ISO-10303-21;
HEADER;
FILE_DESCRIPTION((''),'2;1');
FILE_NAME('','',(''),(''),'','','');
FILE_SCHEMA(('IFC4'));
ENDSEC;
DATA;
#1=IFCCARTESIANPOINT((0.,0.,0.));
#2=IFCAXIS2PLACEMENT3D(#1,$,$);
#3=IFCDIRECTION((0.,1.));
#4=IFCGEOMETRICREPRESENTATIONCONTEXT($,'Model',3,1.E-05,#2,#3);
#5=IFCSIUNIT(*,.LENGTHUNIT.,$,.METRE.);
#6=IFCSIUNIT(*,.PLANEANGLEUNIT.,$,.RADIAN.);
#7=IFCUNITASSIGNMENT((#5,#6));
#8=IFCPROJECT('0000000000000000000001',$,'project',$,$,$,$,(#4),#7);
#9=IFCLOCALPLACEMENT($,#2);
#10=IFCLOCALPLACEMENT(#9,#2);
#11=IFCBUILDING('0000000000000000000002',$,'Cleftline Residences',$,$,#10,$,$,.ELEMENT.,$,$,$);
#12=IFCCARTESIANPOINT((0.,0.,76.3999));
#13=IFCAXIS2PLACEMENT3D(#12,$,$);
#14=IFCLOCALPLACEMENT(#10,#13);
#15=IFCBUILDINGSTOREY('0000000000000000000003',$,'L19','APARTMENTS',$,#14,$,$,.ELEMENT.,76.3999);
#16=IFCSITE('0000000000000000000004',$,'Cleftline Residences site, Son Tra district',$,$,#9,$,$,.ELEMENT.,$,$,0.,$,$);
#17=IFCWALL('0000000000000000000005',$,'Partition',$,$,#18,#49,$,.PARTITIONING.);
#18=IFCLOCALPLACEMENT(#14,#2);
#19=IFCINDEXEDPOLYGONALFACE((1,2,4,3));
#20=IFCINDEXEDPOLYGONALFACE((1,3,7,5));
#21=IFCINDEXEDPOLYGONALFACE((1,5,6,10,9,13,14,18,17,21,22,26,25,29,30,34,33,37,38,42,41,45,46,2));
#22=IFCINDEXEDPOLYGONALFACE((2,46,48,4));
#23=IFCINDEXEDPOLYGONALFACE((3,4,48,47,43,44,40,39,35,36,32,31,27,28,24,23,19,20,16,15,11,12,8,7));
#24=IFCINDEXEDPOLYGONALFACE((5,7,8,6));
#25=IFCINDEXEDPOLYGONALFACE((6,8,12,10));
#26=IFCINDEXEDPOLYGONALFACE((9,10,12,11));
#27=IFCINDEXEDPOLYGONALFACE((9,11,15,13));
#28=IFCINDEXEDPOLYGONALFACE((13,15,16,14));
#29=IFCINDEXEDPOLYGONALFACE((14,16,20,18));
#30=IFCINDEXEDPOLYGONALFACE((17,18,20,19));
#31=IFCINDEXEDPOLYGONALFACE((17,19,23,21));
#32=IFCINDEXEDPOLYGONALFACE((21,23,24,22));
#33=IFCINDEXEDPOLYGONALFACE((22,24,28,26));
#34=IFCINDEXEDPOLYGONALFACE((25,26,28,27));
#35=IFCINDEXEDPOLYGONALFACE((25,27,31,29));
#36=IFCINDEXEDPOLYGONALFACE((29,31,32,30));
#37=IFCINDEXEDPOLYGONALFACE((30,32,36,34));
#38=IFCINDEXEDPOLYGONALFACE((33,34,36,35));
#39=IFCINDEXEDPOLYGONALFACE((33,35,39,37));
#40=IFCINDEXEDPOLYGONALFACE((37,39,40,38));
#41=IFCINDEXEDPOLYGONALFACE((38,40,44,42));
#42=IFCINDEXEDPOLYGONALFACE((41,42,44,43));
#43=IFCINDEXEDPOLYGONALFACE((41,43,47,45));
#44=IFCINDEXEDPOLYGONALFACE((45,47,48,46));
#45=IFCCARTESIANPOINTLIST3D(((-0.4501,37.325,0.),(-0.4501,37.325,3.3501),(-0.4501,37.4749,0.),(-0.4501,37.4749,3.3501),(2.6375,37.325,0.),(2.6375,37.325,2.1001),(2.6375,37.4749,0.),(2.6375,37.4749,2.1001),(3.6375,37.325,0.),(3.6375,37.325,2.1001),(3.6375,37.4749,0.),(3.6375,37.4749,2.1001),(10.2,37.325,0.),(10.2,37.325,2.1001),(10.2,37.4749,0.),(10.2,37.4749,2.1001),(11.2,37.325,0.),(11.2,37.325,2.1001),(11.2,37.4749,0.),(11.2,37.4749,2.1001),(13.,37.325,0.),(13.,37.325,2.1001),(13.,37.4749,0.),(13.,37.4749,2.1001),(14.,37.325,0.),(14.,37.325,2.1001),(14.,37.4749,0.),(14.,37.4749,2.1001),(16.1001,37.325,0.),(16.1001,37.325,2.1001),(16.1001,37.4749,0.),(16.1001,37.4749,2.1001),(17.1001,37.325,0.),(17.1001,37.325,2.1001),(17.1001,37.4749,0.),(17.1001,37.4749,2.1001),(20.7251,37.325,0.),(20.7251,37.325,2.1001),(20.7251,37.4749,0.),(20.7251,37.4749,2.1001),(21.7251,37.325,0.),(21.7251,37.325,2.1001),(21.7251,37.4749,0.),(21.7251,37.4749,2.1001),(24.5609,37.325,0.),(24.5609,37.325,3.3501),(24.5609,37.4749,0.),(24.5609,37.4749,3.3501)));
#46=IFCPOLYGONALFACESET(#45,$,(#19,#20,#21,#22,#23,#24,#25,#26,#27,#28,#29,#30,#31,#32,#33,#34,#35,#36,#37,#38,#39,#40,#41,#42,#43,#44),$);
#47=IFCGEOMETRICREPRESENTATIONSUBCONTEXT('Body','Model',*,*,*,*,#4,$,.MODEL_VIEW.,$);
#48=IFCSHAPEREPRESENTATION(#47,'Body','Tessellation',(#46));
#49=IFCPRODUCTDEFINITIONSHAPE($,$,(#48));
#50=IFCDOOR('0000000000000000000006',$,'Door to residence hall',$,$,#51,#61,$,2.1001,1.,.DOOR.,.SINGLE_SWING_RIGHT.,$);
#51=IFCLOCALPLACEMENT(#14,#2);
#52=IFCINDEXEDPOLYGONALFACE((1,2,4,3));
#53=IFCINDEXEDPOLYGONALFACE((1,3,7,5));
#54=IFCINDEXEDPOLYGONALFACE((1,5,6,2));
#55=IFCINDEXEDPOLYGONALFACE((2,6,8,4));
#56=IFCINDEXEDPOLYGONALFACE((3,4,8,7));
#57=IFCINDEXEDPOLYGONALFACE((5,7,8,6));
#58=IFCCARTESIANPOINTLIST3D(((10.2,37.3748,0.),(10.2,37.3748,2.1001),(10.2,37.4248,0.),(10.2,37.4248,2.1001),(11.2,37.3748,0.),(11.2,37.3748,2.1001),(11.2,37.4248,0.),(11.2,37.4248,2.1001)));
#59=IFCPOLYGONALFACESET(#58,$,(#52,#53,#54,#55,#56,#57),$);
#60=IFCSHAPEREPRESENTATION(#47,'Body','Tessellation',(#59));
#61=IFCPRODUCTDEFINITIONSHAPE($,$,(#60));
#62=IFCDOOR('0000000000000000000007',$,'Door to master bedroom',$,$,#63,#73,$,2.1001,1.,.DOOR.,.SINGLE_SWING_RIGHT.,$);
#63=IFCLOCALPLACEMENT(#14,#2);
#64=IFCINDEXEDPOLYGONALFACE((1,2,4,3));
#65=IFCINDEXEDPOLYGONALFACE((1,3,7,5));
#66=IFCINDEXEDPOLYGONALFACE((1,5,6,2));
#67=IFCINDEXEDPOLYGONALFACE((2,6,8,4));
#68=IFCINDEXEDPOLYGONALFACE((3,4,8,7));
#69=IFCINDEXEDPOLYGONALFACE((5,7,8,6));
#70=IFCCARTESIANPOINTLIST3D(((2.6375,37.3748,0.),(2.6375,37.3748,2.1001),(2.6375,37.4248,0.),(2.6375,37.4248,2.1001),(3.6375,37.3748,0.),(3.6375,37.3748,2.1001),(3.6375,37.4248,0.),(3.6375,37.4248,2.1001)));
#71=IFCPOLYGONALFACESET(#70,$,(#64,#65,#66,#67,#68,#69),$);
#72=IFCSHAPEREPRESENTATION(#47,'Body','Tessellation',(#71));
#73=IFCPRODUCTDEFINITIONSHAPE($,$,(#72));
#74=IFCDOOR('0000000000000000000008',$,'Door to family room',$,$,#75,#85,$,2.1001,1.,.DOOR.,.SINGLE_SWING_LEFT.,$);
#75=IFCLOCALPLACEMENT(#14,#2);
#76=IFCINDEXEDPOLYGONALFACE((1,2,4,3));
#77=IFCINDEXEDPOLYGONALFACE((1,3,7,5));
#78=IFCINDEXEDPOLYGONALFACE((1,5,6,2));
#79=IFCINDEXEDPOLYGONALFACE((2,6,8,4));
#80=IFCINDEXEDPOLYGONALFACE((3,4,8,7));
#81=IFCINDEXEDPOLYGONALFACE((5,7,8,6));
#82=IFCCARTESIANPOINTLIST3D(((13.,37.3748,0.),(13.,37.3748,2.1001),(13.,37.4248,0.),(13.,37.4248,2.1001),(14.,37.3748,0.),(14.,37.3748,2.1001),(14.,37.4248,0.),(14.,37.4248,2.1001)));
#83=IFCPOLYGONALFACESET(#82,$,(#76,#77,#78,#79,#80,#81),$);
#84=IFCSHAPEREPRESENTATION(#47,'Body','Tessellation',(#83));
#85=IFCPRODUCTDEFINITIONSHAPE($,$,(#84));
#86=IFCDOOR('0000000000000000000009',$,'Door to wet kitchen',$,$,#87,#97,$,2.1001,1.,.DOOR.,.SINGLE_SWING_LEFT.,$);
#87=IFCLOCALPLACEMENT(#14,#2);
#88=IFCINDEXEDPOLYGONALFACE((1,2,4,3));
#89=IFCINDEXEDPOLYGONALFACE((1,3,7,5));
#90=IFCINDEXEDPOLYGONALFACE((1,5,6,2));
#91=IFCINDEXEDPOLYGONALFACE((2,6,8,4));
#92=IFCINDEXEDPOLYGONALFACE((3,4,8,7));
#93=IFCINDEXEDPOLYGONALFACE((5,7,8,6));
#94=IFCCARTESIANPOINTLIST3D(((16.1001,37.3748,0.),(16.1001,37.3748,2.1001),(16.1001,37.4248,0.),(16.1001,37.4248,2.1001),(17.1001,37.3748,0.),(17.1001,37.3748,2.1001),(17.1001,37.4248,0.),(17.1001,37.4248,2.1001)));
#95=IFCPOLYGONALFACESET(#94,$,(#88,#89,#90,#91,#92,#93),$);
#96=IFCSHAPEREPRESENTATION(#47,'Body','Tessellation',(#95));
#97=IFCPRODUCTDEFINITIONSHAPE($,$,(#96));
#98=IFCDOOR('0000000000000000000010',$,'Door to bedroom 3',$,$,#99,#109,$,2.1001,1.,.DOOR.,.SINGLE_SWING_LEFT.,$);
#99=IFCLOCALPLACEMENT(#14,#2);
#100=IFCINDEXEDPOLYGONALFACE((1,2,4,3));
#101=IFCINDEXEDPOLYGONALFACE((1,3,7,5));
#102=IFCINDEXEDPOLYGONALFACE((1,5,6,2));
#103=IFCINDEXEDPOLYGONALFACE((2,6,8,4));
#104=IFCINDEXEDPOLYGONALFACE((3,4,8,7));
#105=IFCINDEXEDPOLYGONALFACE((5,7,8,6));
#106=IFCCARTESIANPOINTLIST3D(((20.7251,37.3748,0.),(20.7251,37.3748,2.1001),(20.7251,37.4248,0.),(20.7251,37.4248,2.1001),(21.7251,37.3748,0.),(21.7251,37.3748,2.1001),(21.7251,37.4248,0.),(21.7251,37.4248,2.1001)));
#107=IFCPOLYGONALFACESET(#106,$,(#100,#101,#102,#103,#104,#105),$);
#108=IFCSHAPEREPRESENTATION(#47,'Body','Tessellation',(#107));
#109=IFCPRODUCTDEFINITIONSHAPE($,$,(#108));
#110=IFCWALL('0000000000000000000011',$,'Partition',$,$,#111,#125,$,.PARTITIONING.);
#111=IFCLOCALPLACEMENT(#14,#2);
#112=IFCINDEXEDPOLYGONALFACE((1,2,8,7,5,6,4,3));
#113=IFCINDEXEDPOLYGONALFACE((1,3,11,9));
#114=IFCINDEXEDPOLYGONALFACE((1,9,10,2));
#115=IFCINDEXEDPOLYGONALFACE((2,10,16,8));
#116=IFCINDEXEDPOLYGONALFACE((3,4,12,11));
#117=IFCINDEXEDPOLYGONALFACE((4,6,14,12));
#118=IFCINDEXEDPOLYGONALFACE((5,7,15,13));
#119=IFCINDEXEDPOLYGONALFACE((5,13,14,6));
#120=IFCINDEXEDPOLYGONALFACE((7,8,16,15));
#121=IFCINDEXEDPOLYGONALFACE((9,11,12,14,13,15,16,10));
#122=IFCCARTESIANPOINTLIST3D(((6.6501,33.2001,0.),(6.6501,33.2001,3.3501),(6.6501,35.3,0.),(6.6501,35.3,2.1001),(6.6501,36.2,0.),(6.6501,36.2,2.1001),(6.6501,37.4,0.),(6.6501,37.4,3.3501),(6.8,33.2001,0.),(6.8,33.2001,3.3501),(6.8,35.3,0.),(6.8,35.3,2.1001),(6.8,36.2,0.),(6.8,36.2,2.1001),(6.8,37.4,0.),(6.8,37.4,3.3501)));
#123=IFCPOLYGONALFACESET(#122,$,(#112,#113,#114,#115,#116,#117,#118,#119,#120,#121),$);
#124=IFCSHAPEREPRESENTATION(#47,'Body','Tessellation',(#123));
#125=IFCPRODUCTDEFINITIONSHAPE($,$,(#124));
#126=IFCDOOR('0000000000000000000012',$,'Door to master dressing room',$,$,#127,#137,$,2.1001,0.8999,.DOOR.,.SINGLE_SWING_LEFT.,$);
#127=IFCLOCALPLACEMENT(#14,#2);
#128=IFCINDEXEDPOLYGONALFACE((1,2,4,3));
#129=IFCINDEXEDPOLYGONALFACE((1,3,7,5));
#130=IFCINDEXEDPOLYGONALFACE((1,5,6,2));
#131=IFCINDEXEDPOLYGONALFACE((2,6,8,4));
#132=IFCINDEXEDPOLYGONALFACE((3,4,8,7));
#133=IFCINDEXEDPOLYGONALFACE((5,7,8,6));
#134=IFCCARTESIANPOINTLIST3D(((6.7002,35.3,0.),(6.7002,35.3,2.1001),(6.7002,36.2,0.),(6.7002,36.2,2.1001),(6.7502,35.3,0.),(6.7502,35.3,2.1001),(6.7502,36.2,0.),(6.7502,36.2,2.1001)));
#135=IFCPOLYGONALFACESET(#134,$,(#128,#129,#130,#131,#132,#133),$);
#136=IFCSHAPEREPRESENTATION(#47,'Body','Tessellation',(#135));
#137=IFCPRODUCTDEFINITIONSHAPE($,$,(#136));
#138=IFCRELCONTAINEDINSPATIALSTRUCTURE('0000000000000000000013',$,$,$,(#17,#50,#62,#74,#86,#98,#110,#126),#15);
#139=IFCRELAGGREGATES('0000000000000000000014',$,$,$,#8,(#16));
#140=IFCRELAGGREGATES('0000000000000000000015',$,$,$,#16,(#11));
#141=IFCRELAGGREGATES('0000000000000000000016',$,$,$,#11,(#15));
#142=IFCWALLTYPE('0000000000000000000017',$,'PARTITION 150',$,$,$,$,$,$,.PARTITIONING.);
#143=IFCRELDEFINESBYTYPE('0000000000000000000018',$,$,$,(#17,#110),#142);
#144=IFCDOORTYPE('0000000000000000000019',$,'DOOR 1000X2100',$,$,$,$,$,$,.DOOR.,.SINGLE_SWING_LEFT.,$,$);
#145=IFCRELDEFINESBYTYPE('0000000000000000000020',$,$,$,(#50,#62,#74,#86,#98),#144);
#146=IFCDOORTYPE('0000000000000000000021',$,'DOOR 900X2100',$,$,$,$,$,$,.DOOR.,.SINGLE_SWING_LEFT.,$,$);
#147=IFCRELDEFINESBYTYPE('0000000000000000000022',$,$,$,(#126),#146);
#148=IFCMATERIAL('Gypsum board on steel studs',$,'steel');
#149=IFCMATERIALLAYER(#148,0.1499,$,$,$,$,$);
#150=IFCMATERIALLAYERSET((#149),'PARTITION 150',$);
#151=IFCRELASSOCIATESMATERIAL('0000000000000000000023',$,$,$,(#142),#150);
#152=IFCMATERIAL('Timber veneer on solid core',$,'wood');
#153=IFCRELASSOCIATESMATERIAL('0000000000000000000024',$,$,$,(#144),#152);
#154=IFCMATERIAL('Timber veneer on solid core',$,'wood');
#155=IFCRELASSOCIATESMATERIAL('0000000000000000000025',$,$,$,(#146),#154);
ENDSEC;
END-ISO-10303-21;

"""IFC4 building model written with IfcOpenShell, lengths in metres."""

from ifc_helpers import new_model, si_unit, direction, frame, frame_2d, origin, place, context, subcontext, project, spatial, rectangle, extrude, material, layer, layer_set, type_object, element, fill, save


model = new_model("IFC4")

# Units and contexts
model_context = context("Model", 3, precision=1e-05, world=origin(), true_north=direction((0.0, 1.0)))
body_context = subcontext(model_context, "Body", "Model", "MODEL_VIEW")
ifc_project = project(units=[si_unit("LENGTHUNIT", "METRE"), si_unit("PLANEANGLEUNIT", "RADIAN")], contexts=[model_context])

# Site, building, storey
site_placement = place(None, origin())
site = spatial("IfcSite", under=ifc_project, at=site_placement, Name="Cleftline Residences site, Son Tra district", CompositionType="ELEMENT", RefElevation=0.0)
building_placement = place(site_placement, origin())
building = spatial("IfcBuilding", under=site, at=building_placement, Name="Cleftline Residences", CompositionType="ELEMENT")
storey_placement = place(building_placement, frame((0.0, 0.0, 76.3999)))
storey = spatial("IfcBuildingStorey", under=building, at=storey_placement, Name="L19", Description="APARTMENTS", CompositionType="ELEMENT", Elevation=76.3999)

# Shared definitions
ifc_material_1 = material(Name="Gypsum board on steel studs", Category="steel")
ifc_layer = layer(ifc_material_1, 0.1499)
ifc_layer_set = layer_set([ifc_layer], Name="PARTITION 150")
wall_type = type_object("IfcWallType", Name="PARTITION 150", PredefinedType="PARTITIONING", material=ifc_layer_set)

# Wall, openings, doors
wall_1_placement = place(storey_placement, frame((-0.45, 37.3999, 0.0), z_axis=(0.0, 0.0, 1.0), x_axis=(1.0, 0.0, 0.0)))
wall_1 = element("IfcWall", 1, at=wall_1_placement, inside=storey, type_object=wall_type, Name="Partition", PredefinedType="PARTITIONING", context=body_context, shape_type="SweptSolid", body=[
    extrude(rectangle(XDim=25.011, YDim=0.1499, at=frame_2d((12.5054, 0.0))), origin(), (0.0, 0.0, 1.0), 3.3501),
])
opening_1_placement = place(wall_1_placement, frame((10.6499, 0.0, 0.0)))
opening_1 = element("IfcOpeningElement", 2, at=opening_1_placement, cuts=wall_1, PredefinedType="OPENING", context=body_context, shape_type="SweptSolid", body=[
    extrude(rectangle(XDim=1.0, YDim=2.1001, at=frame_2d((0.5, 1.05))), frame((0.0, 0.085, 0.0), z_axis=(0.0, -1.0, 0.0), x_axis=(1.0, 0.0, 0.0)), (0.0, 0.0, 1.0), 0.1699),
])
opening_2_placement = place(wall_1_placement, frame((3.0874, 0.0, 0.0)))
opening_2 = element("IfcOpeningElement", 3, at=opening_2_placement, cuts=wall_1, PredefinedType="OPENING", context=body_context, shape_type="SweptSolid", body=[
    extrude(rectangle(XDim=1.0, YDim=2.1001, at=frame_2d((0.5, 1.05))), frame((0.0, 0.085, 0.0), z_axis=(0.0, -1.0, 0.0), x_axis=(1.0, 0.0, 0.0)), (0.0, 0.0, 1.0), 0.1699),
])
opening_3_placement = place(wall_1_placement, frame((13.45, 0.0, 0.0)))
opening_3 = element("IfcOpeningElement", 4, at=opening_3_placement, cuts=wall_1, PredefinedType="OPENING", context=body_context, shape_type="SweptSolid", body=[
    extrude(rectangle(XDim=1.0, YDim=2.1001, at=frame_2d((0.5, 1.05))), frame((0.0, 0.085, 0.0), z_axis=(0.0, -1.0, 0.0), x_axis=(1.0, 0.0, 0.0)), (0.0, 0.0, 1.0), 0.1699),
])
opening_4_placement = place(wall_1_placement, frame((16.55, 0.0, 0.0)))
opening_4 = element("IfcOpeningElement", 5, at=opening_4_placement, cuts=wall_1, PredefinedType="OPENING", context=body_context, shape_type="SweptSolid", body=[
    extrude(rectangle(XDim=1.0, YDim=2.1001, at=frame_2d((0.5, 1.05))), frame((0.0, 0.085, 0.0), z_axis=(0.0, -1.0, 0.0), x_axis=(1.0, 0.0, 0.0)), (0.0, 0.0, 1.0), 0.1699),
])
opening_5_placement = place(wall_1_placement, frame((21.175, 0.0, 0.0)))
opening_5 = element("IfcOpeningElement", 6, at=opening_5_placement, cuts=wall_1, PredefinedType="OPENING", context=body_context, shape_type="SweptSolid", body=[
    extrude(rectangle(XDim=1.0, YDim=2.1001, at=frame_2d((0.5, 1.05))), frame((0.0, 0.085, 0.0), z_axis=(0.0, -1.0, 0.0), x_axis=(1.0, 0.0, 0.0)), (0.0, 0.0, 1.0), 0.1699),
])
ifc_material_2 = material(Name="Timber veneer on solid core", Category="wood")
door_type_1 = type_object("IfcDoorType", Name="DOOR 1000X2100", OperationType="SINGLE_SWING_LEFT", PredefinedType="DOOR", material=ifc_material_2)
door_1_placement = place(opening_1_placement, origin())
door_1 = element("IfcDoor", 7, at=door_1_placement, inside=storey, type_object=door_type_1, Name="Door to residence hall", OperationType="SINGLE_SWING_RIGHT", OverallHeight=2.1001, OverallWidth=1.0, PredefinedType="DOOR", context=body_context, shape_type="SweptSolid", body=[
    extrude(rectangle(XDim=1.0, YDim=2.1001, at=frame_2d((0.5, 1.05))), frame((0.0, 0.0249, 0.0), z_axis=(0.0, -1.0, 0.0), x_axis=(1.0, 0.0, 0.0)), (0.0, 0.0, 1.0), 0.05),
])
fill(opening_1, door_1)
door_2_placement = place(opening_2_placement, origin())
door_2 = element("IfcDoor", 8, at=door_2_placement, inside=storey, type_object=door_type_1, Name="Door to master bedroom", OperationType="SINGLE_SWING_RIGHT", OverallHeight=2.1001, OverallWidth=1.0, PredefinedType="DOOR", context=body_context, shape_type="SweptSolid", body=[
    extrude(rectangle(XDim=1.0, YDim=2.1001, at=frame_2d((0.5, 1.05))), frame((0.0, 0.0249, 0.0), z_axis=(0.0, -1.0, 0.0), x_axis=(1.0, 0.0, 0.0)), (0.0, 0.0, 1.0), 0.05),
])
fill(opening_2, door_2)
door_3_placement = place(opening_3_placement, origin())
door_3 = element("IfcDoor", 9, at=door_3_placement, inside=storey, type_object=door_type_1, Name="Door to family room", OperationType="SINGLE_SWING_LEFT", OverallHeight=2.1001, OverallWidth=1.0, PredefinedType="DOOR", context=body_context, shape_type="SweptSolid", body=[
    extrude(rectangle(XDim=1.0, YDim=2.1001, at=frame_2d((0.5, 1.05))), frame((0.0, 0.0249, 0.0), z_axis=(0.0, -1.0, 0.0), x_axis=(1.0, 0.0, 0.0)), (0.0, 0.0, 1.0), 0.05),
])
fill(opening_3, door_3)
door_4_placement = place(opening_4_placement, origin())
door_4 = element("IfcDoor", 10, at=door_4_placement, inside=storey, type_object=door_type_1, Name="Door to wet kitchen", OperationType="SINGLE_SWING_LEFT", OverallHeight=2.1001, OverallWidth=1.0, PredefinedType="DOOR", context=body_context, shape_type="SweptSolid", body=[
    extrude(rectangle(XDim=1.0, YDim=2.1001, at=frame_2d((0.5, 1.05))), frame((0.0, 0.0249, 0.0), z_axis=(0.0, -1.0, 0.0), x_axis=(1.0, 0.0, 0.0)), (0.0, 0.0, 1.0), 0.05),
])
fill(opening_4, door_4)
door_5_placement = place(opening_5_placement, origin())
door_5 = element("IfcDoor", 11, at=door_5_placement, inside=storey, type_object=door_type_1, Name="Door to bedroom 3", OperationType="SINGLE_SWING_LEFT", OverallHeight=2.1001, OverallWidth=1.0, PredefinedType="DOOR", context=body_context, shape_type="SweptSolid", body=[
    extrude(rectangle(XDim=1.0, YDim=2.1001, at=frame_2d((0.5, 1.05))), frame((0.0, 0.0249, 0.0), z_axis=(0.0, -1.0, 0.0), x_axis=(1.0, 0.0, 0.0)), (0.0, 0.0, 1.0), 0.05),
])
fill(opening_5, door_5)

# Wall, opening, door
wall_2_placement = place(storey_placement, frame((6.7251, 33.2, 0.0), z_axis=(0.0, 0.0, 1.0), x_axis=(0.0, 1.0, 0.0)))
wall_2 = element("IfcWall", 12, at=wall_2_placement, inside=storey, type_object=wall_type, Name="Partition", PredefinedType="PARTITIONING", context=body_context, shape_type="SweptSolid", body=[
    extrude(rectangle(XDim=4.2, YDim=0.1499, at=frame_2d((2.1001, 0.0))), origin(), (0.0, 0.0, 1.0), 3.3501),
])
opening_6_placement = place(wall_2_placement, frame((2.1001, 0.0, 0.0)))
opening_6 = element("IfcOpeningElement", 13, at=opening_6_placement, cuts=wall_2, PredefinedType="OPENING", context=body_context, shape_type="SweptSolid", body=[
    extrude(rectangle(XDim=0.8999, YDim=2.1001, at=frame_2d((0.45, 1.05))), frame((0.0, 0.085, 0.0), z_axis=(0.0, -1.0, 0.0), x_axis=(1.0, 0.0, 0.0)), (0.0, 0.0, 1.0), 0.1699),
])
ifc_material_3 = material(Name="Timber veneer on solid core", Category="wood")
door_type_2 = type_object("IfcDoorType", Name="DOOR 900X2100", OperationType="SINGLE_SWING_LEFT", PredefinedType="DOOR", material=ifc_material_3)
door_6_placement = place(opening_6_placement, origin())
door_6 = element("IfcDoor", 14, at=door_6_placement, inside=storey, type_object=door_type_2, Name="Door to master dressing room", OperationType="SINGLE_SWING_LEFT", OverallHeight=2.1001, OverallWidth=0.8999, PredefinedType="DOOR", context=body_context, shape_type="SweptSolid", body=[
    extrude(rectangle(XDim=0.8999, YDim=2.1001, at=frame_2d((0.45, 1.05))), frame((0.0, 0.0249, 0.0), z_axis=(0.0, -1.0, 0.0), x_axis=(1.0, 0.0, 0.0)), (0.0, 0.0, 1.0), 0.05),
])
fill(opening_6, door_6)

save(model, "model.ifc")
